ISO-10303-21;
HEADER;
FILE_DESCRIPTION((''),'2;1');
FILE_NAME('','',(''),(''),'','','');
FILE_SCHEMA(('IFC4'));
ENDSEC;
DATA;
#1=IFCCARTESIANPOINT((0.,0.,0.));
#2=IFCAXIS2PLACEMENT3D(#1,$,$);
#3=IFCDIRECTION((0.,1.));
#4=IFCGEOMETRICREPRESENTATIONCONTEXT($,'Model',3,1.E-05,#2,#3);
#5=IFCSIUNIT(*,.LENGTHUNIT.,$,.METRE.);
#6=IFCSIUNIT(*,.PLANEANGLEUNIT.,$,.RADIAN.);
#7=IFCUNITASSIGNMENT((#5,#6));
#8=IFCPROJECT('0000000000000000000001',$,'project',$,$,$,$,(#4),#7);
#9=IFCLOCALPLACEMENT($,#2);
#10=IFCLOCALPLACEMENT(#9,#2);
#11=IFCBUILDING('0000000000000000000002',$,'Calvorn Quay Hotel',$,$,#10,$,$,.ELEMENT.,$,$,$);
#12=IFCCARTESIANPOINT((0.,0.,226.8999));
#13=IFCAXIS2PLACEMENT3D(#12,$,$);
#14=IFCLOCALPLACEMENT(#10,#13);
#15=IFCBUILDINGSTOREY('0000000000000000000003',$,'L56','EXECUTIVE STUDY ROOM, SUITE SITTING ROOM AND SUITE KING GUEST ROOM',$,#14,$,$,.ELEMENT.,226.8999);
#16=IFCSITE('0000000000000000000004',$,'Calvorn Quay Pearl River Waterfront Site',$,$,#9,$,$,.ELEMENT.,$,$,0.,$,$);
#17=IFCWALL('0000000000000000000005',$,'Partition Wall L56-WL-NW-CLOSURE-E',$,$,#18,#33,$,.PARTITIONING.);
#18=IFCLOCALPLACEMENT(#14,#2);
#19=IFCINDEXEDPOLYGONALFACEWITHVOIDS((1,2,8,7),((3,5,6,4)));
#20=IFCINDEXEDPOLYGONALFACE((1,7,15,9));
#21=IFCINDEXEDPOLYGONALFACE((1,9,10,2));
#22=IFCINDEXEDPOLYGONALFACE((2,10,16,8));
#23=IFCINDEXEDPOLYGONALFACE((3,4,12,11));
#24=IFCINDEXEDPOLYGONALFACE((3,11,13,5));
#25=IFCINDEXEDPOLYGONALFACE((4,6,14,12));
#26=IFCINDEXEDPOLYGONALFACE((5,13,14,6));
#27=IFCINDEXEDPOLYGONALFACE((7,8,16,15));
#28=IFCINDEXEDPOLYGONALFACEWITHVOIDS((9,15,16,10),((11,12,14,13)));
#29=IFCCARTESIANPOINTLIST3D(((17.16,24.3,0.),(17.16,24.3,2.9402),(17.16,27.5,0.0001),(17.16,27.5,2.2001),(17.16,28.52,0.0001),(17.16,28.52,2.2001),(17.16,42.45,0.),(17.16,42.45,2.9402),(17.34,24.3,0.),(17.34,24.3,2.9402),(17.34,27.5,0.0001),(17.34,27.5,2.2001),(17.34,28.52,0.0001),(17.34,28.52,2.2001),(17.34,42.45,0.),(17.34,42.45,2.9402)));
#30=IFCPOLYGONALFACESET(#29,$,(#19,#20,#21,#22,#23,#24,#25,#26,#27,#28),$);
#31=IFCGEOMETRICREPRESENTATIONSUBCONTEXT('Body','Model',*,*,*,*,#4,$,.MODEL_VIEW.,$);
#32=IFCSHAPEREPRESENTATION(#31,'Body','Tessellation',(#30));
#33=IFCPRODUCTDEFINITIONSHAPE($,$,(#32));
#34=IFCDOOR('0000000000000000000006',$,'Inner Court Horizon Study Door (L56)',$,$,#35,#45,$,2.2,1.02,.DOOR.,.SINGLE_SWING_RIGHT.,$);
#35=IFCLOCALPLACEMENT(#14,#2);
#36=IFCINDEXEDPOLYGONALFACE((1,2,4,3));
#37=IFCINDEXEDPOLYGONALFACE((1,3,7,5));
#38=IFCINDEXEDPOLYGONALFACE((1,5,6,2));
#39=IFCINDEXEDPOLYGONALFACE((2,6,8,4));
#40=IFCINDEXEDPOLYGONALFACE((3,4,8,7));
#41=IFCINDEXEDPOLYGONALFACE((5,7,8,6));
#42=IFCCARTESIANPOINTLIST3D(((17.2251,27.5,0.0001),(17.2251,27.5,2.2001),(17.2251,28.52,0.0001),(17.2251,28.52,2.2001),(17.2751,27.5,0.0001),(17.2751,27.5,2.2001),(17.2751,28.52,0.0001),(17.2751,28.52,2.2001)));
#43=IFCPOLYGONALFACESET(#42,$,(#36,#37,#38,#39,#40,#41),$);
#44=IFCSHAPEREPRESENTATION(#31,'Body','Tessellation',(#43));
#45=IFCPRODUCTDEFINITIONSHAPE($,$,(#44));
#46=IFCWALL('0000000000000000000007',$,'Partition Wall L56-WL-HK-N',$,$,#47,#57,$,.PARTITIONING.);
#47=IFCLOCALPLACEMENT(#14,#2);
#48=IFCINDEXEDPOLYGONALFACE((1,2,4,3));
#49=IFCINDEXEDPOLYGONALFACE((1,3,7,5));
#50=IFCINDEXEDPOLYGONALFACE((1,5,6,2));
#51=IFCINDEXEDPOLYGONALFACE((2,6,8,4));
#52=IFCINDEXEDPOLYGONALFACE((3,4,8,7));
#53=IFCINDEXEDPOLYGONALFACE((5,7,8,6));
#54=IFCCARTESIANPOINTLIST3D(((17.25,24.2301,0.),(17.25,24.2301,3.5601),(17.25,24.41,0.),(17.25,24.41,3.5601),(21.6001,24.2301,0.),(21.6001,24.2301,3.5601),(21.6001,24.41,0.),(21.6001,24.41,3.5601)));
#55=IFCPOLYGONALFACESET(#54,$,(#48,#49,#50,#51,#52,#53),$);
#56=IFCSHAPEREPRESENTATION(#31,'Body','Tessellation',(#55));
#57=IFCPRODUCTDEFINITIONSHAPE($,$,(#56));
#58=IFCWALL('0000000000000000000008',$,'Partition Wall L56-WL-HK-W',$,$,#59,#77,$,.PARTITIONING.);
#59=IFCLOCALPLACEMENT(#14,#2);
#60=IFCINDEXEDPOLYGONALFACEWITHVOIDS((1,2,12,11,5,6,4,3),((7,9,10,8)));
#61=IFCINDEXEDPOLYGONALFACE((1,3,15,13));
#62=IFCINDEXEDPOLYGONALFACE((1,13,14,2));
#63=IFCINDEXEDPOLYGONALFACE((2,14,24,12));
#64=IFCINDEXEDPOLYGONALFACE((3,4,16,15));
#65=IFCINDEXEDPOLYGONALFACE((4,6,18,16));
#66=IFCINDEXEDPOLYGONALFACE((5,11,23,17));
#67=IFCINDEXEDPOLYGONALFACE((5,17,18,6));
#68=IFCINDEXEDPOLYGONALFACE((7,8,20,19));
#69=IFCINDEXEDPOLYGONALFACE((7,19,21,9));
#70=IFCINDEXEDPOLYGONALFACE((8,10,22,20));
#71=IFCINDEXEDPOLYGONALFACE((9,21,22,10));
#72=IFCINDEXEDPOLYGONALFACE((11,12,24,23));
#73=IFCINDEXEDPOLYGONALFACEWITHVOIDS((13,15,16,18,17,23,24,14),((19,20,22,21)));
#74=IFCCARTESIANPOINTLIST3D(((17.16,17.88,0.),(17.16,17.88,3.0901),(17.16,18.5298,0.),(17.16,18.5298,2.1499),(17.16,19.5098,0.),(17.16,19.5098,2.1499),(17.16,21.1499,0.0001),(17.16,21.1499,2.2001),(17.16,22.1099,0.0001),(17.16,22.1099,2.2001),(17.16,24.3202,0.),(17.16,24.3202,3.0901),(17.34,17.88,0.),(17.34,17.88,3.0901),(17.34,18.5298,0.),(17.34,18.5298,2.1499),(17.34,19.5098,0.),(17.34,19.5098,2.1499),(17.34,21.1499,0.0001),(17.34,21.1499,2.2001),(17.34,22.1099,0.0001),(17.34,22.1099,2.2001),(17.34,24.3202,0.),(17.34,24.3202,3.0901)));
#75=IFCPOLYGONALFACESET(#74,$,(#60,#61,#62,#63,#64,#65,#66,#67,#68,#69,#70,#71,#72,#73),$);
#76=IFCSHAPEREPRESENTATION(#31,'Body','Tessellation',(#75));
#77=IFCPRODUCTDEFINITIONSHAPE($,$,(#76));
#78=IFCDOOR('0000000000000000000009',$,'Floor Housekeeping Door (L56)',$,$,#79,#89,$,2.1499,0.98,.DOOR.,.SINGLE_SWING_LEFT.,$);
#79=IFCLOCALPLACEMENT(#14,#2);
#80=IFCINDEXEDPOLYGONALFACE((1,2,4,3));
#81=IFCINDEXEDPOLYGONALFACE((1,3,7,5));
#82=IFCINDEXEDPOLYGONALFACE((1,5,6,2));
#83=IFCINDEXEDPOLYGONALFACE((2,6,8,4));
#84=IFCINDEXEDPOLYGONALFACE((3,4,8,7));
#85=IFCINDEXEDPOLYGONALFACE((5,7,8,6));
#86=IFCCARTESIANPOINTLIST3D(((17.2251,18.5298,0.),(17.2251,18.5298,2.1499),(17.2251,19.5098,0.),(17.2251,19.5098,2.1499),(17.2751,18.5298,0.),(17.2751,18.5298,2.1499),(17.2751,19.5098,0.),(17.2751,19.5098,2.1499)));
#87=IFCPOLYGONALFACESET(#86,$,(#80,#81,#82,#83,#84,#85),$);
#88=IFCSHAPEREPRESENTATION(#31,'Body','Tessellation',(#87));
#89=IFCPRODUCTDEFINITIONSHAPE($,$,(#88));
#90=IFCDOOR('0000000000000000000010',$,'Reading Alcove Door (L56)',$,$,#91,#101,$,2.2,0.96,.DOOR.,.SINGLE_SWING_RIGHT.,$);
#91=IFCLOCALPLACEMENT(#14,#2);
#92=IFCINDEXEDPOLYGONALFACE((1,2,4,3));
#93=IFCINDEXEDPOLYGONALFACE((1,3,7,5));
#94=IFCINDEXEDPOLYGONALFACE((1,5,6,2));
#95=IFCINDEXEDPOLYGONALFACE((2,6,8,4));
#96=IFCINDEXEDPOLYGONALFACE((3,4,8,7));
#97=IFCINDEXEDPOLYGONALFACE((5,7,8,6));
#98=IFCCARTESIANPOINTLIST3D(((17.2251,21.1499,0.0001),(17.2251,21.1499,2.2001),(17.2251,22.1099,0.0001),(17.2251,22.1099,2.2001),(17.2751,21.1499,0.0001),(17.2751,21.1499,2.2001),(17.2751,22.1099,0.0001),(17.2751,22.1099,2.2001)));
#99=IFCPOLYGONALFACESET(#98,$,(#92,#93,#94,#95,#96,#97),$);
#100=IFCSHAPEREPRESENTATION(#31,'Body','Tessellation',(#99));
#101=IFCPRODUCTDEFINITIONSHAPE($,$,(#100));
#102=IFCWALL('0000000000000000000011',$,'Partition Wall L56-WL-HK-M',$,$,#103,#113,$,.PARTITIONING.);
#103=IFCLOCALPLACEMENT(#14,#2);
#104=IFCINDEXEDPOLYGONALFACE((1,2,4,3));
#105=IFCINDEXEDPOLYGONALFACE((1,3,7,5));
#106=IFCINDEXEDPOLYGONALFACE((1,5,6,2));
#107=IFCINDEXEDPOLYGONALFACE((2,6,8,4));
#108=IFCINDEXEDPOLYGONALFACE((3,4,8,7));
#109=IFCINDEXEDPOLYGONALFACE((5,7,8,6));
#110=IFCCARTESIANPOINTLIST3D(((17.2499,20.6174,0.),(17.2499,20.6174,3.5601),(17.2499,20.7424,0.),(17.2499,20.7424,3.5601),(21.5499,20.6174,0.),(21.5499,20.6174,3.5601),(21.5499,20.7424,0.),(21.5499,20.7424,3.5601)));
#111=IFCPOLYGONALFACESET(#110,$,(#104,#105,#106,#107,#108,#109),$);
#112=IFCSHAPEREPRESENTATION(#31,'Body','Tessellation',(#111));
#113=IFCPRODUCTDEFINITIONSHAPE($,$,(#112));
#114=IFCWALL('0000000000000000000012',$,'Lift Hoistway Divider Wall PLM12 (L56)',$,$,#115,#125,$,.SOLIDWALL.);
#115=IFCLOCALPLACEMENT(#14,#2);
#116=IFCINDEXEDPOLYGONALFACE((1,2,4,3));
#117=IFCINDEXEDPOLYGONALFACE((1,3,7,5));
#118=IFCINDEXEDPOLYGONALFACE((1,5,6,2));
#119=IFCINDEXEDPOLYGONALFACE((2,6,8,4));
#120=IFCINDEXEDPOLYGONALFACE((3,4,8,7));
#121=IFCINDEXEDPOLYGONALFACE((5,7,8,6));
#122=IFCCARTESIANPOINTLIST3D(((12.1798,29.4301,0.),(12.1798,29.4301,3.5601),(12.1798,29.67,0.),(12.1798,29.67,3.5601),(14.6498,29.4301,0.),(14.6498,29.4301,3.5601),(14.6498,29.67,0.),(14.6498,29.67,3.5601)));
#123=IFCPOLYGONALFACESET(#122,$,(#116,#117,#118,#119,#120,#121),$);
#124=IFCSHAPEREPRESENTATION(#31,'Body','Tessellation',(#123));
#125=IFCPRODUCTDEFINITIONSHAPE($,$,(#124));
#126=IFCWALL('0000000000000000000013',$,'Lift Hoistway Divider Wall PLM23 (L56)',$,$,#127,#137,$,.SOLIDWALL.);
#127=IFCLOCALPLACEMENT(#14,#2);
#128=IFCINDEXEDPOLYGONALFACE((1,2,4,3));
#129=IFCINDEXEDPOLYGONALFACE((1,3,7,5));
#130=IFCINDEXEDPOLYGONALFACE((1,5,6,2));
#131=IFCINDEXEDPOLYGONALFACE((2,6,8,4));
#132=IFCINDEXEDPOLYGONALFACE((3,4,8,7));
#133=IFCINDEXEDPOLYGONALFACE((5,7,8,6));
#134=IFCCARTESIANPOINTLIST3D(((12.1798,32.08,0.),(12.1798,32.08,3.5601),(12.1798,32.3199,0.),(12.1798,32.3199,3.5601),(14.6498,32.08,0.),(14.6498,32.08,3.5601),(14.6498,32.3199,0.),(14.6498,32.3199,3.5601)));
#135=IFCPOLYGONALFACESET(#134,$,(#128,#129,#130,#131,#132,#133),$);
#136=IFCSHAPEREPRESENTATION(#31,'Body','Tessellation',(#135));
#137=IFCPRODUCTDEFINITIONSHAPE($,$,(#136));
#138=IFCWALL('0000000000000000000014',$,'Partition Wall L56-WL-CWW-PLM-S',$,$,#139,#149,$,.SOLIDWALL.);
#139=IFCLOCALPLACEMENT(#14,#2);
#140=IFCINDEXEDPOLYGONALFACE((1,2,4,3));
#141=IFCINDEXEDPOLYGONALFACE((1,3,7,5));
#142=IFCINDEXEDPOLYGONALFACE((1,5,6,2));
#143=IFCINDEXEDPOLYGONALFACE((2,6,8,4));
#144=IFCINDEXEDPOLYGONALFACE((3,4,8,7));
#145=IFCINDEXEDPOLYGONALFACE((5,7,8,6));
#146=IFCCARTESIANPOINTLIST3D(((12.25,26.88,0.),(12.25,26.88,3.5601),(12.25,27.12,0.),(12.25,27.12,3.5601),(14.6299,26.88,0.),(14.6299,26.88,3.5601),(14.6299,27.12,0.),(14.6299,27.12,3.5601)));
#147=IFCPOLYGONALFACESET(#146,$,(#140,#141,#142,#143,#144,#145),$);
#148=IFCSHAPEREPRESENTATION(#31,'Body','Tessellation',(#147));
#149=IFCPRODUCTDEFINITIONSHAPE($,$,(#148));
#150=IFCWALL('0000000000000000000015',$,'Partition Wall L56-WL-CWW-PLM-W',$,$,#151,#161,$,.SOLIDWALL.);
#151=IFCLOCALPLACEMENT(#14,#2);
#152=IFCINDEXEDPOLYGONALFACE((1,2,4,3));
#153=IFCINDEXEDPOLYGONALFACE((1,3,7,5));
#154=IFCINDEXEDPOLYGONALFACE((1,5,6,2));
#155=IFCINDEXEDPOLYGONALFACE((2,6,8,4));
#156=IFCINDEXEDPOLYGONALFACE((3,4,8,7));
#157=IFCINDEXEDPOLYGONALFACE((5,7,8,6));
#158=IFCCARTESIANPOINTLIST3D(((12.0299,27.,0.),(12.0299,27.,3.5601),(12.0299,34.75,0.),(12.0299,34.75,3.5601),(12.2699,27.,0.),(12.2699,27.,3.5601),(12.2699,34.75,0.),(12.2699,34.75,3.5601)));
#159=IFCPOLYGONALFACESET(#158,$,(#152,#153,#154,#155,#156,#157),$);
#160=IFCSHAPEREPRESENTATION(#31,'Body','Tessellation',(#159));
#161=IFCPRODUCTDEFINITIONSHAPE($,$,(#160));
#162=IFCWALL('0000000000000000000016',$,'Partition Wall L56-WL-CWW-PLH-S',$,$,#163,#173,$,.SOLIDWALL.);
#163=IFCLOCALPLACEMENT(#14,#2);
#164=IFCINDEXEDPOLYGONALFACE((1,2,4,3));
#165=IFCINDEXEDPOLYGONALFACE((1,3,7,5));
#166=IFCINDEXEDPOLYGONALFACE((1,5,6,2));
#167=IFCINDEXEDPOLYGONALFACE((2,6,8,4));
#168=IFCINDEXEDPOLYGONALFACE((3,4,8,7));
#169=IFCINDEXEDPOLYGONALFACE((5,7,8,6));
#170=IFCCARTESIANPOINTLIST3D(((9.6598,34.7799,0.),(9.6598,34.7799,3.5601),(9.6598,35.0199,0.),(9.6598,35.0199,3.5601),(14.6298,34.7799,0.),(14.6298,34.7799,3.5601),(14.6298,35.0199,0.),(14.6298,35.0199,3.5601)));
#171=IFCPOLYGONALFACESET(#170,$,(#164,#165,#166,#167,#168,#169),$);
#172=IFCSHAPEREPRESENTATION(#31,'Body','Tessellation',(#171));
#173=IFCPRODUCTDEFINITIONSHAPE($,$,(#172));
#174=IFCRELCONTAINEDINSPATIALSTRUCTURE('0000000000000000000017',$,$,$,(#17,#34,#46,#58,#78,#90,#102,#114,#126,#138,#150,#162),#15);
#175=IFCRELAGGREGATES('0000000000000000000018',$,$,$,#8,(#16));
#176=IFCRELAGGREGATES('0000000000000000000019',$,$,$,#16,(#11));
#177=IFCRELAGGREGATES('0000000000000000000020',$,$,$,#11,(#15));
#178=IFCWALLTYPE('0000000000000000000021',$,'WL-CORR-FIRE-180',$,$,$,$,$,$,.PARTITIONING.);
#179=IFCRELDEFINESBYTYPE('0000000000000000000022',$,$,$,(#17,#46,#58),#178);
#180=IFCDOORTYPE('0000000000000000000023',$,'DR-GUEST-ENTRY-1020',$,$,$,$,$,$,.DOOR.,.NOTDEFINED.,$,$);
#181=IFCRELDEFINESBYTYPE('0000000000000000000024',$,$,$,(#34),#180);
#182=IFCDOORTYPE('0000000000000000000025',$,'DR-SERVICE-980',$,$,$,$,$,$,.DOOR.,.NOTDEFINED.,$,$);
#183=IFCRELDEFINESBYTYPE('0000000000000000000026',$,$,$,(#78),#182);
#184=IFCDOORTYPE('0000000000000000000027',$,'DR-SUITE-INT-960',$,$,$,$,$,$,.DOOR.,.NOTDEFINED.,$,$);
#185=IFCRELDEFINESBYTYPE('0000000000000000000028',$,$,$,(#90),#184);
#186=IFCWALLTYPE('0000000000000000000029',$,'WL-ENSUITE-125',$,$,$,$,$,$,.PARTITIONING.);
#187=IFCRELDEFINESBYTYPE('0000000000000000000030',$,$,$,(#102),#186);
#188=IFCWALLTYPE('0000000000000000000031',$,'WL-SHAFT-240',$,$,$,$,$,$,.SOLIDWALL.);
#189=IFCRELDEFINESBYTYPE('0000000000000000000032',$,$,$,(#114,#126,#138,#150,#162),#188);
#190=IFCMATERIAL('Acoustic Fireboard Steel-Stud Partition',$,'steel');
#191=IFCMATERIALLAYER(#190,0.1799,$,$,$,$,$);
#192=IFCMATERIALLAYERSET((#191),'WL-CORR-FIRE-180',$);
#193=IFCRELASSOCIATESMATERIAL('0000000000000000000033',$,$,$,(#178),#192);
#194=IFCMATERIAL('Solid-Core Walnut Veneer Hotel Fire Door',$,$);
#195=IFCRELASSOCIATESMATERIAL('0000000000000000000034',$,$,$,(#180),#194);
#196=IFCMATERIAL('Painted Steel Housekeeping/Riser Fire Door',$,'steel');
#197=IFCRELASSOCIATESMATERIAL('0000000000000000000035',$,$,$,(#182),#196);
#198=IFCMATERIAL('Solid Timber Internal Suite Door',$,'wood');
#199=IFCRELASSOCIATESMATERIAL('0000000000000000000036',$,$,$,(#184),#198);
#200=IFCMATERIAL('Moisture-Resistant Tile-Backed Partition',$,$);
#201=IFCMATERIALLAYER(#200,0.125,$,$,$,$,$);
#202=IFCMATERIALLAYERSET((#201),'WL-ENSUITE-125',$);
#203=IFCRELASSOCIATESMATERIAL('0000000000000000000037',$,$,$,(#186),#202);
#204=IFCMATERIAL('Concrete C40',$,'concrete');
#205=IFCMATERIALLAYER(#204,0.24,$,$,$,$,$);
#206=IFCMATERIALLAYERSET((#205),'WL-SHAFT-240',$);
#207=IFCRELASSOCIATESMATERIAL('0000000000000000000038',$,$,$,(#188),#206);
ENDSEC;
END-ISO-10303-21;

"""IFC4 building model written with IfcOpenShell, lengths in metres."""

from ifc_helpers import new_model, si_unit, direction, frame, frame_2d, origin, place, context, subcontext, project, spatial, rectangle, extrude, material, layer, layer_set, type_object, element, fill, save


model = new_model("IFC4")

# Units and contexts
model_context = context("Model", 3, precision=1e-05, world=origin(), true_north=direction((0.0, 1.0)))
body_context = subcontext(model_context, "Body", "Model", "MODEL_VIEW")
ifc_project = project(units=[si_unit("LENGTHUNIT", "METRE"), si_unit("PLANEANGLEUNIT", "RADIAN")], contexts=[model_context])

# Site, building, storey
site_placement = place(None, origin())
site = spatial("IfcSite", under=ifc_project, at=site_placement, Name="Calvorn Quay Pearl River Waterfront Site", CompositionType="ELEMENT", RefElevation=0.0)
building_placement = place(site_placement, origin())
building = spatial("IfcBuilding", under=site, at=building_placement, Name="Calvorn Quay Hotel", CompositionType="ELEMENT")
storey_placement = place(building_placement, frame((0.0, 0.0, 226.8999)))
storey = spatial("IfcBuildingStorey", under=building, at=storey_placement, Name="L56", Description="EXECUTIVE STUDY ROOM, SUITE SITTING ROOM AND SUITE KING GUEST ROOM", CompositionType="ELEMENT", Elevation=226.8999)

# Wall, opening, door
ifc_material_1 = material(Name="Acoustic Fireboard Steel-Stud Partition", Category="steel")
ifc_layer_1 = layer(ifc_material_1, 0.1799)
ifc_layer_set_1 = layer_set([ifc_layer_1], Name="WL-CORR-FIRE-180")
wall_type_1 = type_object("IfcWallType", Name="WL-CORR-FIRE-180", PredefinedType="PARTITIONING", material=ifc_layer_set_1)
wall_1_placement = place(storey_placement, frame((17.25, 24.3, 0.0), z_axis=(0.0, 0.0, 1.0), x_axis=(0.0, 1.0, 0.0)))
wall_1 = element("IfcWall", 1, at=wall_1_placement, inside=storey, type_object=wall_type_1, Name="Partition Wall L56-WL-NW-CLOSURE-E", PredefinedType="PARTITIONING", context=body_context, shape_type="SweptSolid", body=[
    extrude(rectangle(XDim=18.1499, YDim=0.1799, at=frame_2d((9.075, 0.0))), origin(), (0.0, 0.0, 1.0), 2.9402),
])
opening_1_placement = place(wall_1_placement, frame((3.2, 0.0, 0.0)))
opening_1 = element("IfcOpeningElement", 2, at=opening_1_placement, cuts=wall_1, PredefinedType="OPENING", context=body_context, shape_type="SweptSolid", body=[
    extrude(rectangle(XDim=1.02, YDim=2.2, at=frame_2d((0.51, 1.1001))), frame((0.0, 0.0999, 0.0), z_axis=(0.0, -1.0, 0.0), x_axis=(1.0, 0.0, 0.0)), (0.0, 0.0, 1.0), 0.2),
])
ifc_material_2 = material(Name="Solid-Core Walnut Veneer Hotel Fire Door")
door_type_1 = type_object("IfcDoorType", Name="DR-GUEST-ENTRY-1020", OperationType="NOTDEFINED", PredefinedType="DOOR", material=ifc_material_2)
door_1_placement = place(opening_1_placement, origin())
door_1 = element("IfcDoor", 3, at=door_1_placement, inside=storey, type_object=door_type_1, Name="Inner Court Horizon Study Door (L56)", OperationType="SINGLE_SWING_RIGHT", OverallHeight=2.2, OverallWidth=1.02, PredefinedType="DOOR", context=body_context, shape_type="SweptSolid", body=[
    extrude(rectangle(XDim=1.02, YDim=2.2, at=frame_2d((0.51, 1.1001))), frame((0.0, 0.0249, 0.0), z_axis=(0.0, -1.0, 0.0), x_axis=(1.0, 0.0, 0.0)), (0.0, 0.0, 1.0), 0.05),
])
fill(opening_1, door_1)

# Wall
wall_2_placement = place(storey_placement, frame((17.25, 24.3201, 0.0), z_axis=(0.0, 0.0, 1.0), x_axis=(1.0, 0.0, 0.0)))
element("IfcWall", 4, at=wall_2_placement, inside=storey, type_object=wall_type_1, Name="Partition Wall L56-WL-HK-N", PredefinedType="PARTITIONING", context=body_context, shape_type="SweptSolid", body=[
    extrude(rectangle(XDim=4.3501, YDim=0.1799, at=frame_2d((2.175, 0.0))), origin(), (0.0, 0.0, 1.0), 3.5601),
])

# Wall, openings, doors
wall_3_placement = place(storey_placement, frame((17.25, 17.8799, 0.0), z_axis=(0.0, 0.0, 1.0), x_axis=(0.0, 1.0, 0.0)))
wall_3 = element("IfcWall", 5, at=wall_3_placement, inside=storey, type_object=wall_type_1, Name="Partition Wall L56-WL-HK-W", PredefinedType="PARTITIONING", context=body_context, shape_type="SweptSolid", body=[
    extrude(rectangle(XDim=6.4402, YDim=0.1799, at=frame_2d((3.2202, 0.0))), origin(), (0.0, 0.0, 1.0), 3.0901),
])
opening_2_placement = place(wall_3_placement, frame((0.6499, 0.0, 0.0)))
opening_2 = element("IfcOpeningElement", 6, at=opening_2_placement, cuts=wall_3, PredefinedType="OPENING", context=body_context, shape_type="SweptSolid", body=[
    extrude(rectangle(XDim=0.98, YDim=2.1499, at=frame_2d((0.49, 1.075))), frame((0.0, 0.0999, 0.0), z_axis=(0.0, -1.0, 0.0), x_axis=(1.0, 0.0, 0.0)), (0.0, 0.0, 1.0), 0.2),
])
opening_3_placement = place(wall_3_placement, frame((3.27, 0.0, 0.0)))
opening_3 = element("IfcOpeningElement", 7, at=opening_3_placement, cuts=wall_3, PredefinedType="OPENING", context=body_context, shape_type="SweptSolid", body=[
    extrude(rectangle(XDim=0.96, YDim=2.2, at=frame_2d((0.48, 1.1001))), frame((0.0, 0.0999, 0.0), z_axis=(0.0, -1.0, 0.0), x_axis=(1.0, 0.0, 0.0)), (0.0, 0.0, 1.0), 0.2),
])
ifc_material_3 = material(Name="Painted Steel Housekeeping/Riser Fire Door", Category="steel")
door_type_2 = type_object("IfcDoorType", Name="DR-SERVICE-980", OperationType="NOTDEFINED", PredefinedType="DOOR", material=ifc_material_3)
door_2_placement = place(opening_2_placement, origin())
door_2 = element("IfcDoor", 8, at=door_2_placement, inside=storey, type_object=door_type_2, Name="Floor Housekeeping Door (L56)", OperationType="SINGLE_SWING_LEFT", OverallHeight=2.1499, OverallWidth=0.98, PredefinedType="DOOR", context=body_context, shape_type="SweptSolid", body=[
    extrude(rectangle(XDim=0.98, YDim=2.1499, at=frame_2d((0.49, 1.075))), frame((0.0, 0.0249, 0.0), z_axis=(0.0, -1.0, 0.0), x_axis=(1.0, 0.0, 0.0)), (0.0, 0.0, 1.0), 0.05),
])
fill(opening_2, door_2)
ifc_material_4 = material(Name="Solid Timber Internal Suite Door", Category="wood")
door_type_3 = type_object("IfcDoorType", Name="DR-SUITE-INT-960", OperationType="NOTDEFINED", PredefinedType="DOOR", material=ifc_material_4)
door_3_placement = place(opening_3_placement, origin())
door_3 = element("IfcDoor", 9, at=door_3_placement, inside=storey, type_object=door_type_3, Name="Reading Alcove Door (L56)", OperationType="SINGLE_SWING_RIGHT", OverallHeight=2.2, OverallWidth=0.96, PredefinedType="DOOR", context=body_context, shape_type="SweptSolid", body=[
    extrude(rectangle(XDim=0.96, YDim=2.2, at=frame_2d((0.48, 1.1001))), frame((0.0, 0.0249, 0.0), z_axis=(0.0, -1.0, 0.0), x_axis=(1.0, 0.0, 0.0)), (0.0, 0.0, 1.0), 0.05),
])
fill(opening_3, door_3)

# Wall
ifc_material_5 = material(Name="Moisture-Resistant Tile-Backed Partition")
ifc_layer_2 = layer(ifc_material_5, 0.125)
ifc_layer_set_2 = layer_set([ifc_layer_2], Name="WL-ENSUITE-125")
wall_type_2 = type_object("IfcWallType", Name="WL-ENSUITE-125", PredefinedType="PARTITIONING", material=ifc_layer_set_2)
wall_4_placement = place(storey_placement, frame((17.25, 20.6799, 0.0), z_axis=(0.0, 0.0, 1.0), x_axis=(1.0, 0.0, 0.0)))
element("IfcWall", 10, at=wall_4_placement, inside=storey, type_object=wall_type_2, Name="Partition Wall L56-WL-HK-M", PredefinedType="PARTITIONING", context=body_context, shape_type="SweptSolid", body=[
    extrude(rectangle(XDim=4.3, YDim=0.125, at=frame_2d((2.1499, 0.0))), origin(), (0.0, 0.0, 1.0), 3.5601),
])

# Walls
ifc_material_6 = material(Name="Concrete C40", Category="concrete")
ifc_layer_3 = layer(ifc_material_6, 0.24)
ifc_layer_set_3 = layer_set([ifc_layer_3], Name="WL-SHAFT-240")
wall_type_3 = type_object("IfcWallType", Name="WL-SHAFT-240", PredefinedType="SOLIDWALL", material=ifc_layer_set_3)
for number, where, z_axis, x_axis, name in (
    (11, (12.1799, 29.55, 0.0), (0.0, 0.0, 1.0), (1.0, 0.0, 0.0), "Lift Hoistway Divider Wall PLM12 (L56)"),
    (12, (12.1799, 32.2, 0.0), (0.0, 0.0, 1.0), (1.0, 0.0, 0.0), "Lift Hoistway Divider Wall PLM23 (L56)"),
):
    element("IfcWall", number, at=place(storey_placement, frame(where, z_axis=z_axis, x_axis=x_axis)), inside=storey, type_object=wall_type_3, Name=name, PredefinedType="SOLIDWALL", context=body_context, shape_type="SweptSolid", body=[
        extrude(rectangle(XDim=2.47, YDim=0.24, at=frame_2d((1.2349, 0.0))), origin(), (0.0, 0.0, 1.0), 3.5601),
    ])
wall_5_placement = place(storey_placement, frame((12.25, 27.0, 0.0), z_axis=(0.0, 0.0, 1.0), x_axis=(1.0, 0.0, 0.0)))
element("IfcWall", 13, at=wall_5_placement, inside=storey, type_object=wall_type_3, Name="Partition Wall L56-WL-CWW-PLM-S", PredefinedType="SOLIDWALL", context=body_context, shape_type="SweptSolid", body=[
    extrude(rectangle(XDim=2.3799, YDim=0.24, at=frame_2d((1.1899, 0.0))), origin(), (0.0, 0.0, 1.0), 3.5601),
])
wall_6_placement = place(storey_placement, frame((12.1499, 27.0, 0.0), z_axis=(0.0, 0.0, 1.0), x_axis=(0.0, 1.0, 0.0)))
element("IfcWall", 14, at=wall_6_placement, inside=storey, type_object=wall_type_3, Name="Partition Wall L56-WL-CWW-PLM-W", PredefinedType="SOLIDWALL", context=body_context, shape_type="SweptSolid", body=[
    extrude(rectangle(XDim=7.75, YDim=0.24, at=frame_2d((3.875, 0.0))), origin(), (0.0, 0.0, 1.0), 3.5601),
])
wall_7_placement = place(storey_placement, frame((9.6599, 34.8999, 0.0), z_axis=(0.0, 0.0, 1.0), x_axis=(1.0, 0.0, 0.0)))
element("IfcWall", 15, at=wall_7_placement, inside=storey, type_object=wall_type_3, Name="Partition Wall L56-WL-CWW-PLH-S", PredefinedType="SOLIDWALL", context=body_context, shape_type="SweptSolid", body=[
    extrude(rectangle(XDim=4.97, YDim=0.24, at=frame_2d((2.4849, 0.0))), origin(), (0.0, 0.0, 1.0), 3.5601),
])

save(model, "model.ifc")
